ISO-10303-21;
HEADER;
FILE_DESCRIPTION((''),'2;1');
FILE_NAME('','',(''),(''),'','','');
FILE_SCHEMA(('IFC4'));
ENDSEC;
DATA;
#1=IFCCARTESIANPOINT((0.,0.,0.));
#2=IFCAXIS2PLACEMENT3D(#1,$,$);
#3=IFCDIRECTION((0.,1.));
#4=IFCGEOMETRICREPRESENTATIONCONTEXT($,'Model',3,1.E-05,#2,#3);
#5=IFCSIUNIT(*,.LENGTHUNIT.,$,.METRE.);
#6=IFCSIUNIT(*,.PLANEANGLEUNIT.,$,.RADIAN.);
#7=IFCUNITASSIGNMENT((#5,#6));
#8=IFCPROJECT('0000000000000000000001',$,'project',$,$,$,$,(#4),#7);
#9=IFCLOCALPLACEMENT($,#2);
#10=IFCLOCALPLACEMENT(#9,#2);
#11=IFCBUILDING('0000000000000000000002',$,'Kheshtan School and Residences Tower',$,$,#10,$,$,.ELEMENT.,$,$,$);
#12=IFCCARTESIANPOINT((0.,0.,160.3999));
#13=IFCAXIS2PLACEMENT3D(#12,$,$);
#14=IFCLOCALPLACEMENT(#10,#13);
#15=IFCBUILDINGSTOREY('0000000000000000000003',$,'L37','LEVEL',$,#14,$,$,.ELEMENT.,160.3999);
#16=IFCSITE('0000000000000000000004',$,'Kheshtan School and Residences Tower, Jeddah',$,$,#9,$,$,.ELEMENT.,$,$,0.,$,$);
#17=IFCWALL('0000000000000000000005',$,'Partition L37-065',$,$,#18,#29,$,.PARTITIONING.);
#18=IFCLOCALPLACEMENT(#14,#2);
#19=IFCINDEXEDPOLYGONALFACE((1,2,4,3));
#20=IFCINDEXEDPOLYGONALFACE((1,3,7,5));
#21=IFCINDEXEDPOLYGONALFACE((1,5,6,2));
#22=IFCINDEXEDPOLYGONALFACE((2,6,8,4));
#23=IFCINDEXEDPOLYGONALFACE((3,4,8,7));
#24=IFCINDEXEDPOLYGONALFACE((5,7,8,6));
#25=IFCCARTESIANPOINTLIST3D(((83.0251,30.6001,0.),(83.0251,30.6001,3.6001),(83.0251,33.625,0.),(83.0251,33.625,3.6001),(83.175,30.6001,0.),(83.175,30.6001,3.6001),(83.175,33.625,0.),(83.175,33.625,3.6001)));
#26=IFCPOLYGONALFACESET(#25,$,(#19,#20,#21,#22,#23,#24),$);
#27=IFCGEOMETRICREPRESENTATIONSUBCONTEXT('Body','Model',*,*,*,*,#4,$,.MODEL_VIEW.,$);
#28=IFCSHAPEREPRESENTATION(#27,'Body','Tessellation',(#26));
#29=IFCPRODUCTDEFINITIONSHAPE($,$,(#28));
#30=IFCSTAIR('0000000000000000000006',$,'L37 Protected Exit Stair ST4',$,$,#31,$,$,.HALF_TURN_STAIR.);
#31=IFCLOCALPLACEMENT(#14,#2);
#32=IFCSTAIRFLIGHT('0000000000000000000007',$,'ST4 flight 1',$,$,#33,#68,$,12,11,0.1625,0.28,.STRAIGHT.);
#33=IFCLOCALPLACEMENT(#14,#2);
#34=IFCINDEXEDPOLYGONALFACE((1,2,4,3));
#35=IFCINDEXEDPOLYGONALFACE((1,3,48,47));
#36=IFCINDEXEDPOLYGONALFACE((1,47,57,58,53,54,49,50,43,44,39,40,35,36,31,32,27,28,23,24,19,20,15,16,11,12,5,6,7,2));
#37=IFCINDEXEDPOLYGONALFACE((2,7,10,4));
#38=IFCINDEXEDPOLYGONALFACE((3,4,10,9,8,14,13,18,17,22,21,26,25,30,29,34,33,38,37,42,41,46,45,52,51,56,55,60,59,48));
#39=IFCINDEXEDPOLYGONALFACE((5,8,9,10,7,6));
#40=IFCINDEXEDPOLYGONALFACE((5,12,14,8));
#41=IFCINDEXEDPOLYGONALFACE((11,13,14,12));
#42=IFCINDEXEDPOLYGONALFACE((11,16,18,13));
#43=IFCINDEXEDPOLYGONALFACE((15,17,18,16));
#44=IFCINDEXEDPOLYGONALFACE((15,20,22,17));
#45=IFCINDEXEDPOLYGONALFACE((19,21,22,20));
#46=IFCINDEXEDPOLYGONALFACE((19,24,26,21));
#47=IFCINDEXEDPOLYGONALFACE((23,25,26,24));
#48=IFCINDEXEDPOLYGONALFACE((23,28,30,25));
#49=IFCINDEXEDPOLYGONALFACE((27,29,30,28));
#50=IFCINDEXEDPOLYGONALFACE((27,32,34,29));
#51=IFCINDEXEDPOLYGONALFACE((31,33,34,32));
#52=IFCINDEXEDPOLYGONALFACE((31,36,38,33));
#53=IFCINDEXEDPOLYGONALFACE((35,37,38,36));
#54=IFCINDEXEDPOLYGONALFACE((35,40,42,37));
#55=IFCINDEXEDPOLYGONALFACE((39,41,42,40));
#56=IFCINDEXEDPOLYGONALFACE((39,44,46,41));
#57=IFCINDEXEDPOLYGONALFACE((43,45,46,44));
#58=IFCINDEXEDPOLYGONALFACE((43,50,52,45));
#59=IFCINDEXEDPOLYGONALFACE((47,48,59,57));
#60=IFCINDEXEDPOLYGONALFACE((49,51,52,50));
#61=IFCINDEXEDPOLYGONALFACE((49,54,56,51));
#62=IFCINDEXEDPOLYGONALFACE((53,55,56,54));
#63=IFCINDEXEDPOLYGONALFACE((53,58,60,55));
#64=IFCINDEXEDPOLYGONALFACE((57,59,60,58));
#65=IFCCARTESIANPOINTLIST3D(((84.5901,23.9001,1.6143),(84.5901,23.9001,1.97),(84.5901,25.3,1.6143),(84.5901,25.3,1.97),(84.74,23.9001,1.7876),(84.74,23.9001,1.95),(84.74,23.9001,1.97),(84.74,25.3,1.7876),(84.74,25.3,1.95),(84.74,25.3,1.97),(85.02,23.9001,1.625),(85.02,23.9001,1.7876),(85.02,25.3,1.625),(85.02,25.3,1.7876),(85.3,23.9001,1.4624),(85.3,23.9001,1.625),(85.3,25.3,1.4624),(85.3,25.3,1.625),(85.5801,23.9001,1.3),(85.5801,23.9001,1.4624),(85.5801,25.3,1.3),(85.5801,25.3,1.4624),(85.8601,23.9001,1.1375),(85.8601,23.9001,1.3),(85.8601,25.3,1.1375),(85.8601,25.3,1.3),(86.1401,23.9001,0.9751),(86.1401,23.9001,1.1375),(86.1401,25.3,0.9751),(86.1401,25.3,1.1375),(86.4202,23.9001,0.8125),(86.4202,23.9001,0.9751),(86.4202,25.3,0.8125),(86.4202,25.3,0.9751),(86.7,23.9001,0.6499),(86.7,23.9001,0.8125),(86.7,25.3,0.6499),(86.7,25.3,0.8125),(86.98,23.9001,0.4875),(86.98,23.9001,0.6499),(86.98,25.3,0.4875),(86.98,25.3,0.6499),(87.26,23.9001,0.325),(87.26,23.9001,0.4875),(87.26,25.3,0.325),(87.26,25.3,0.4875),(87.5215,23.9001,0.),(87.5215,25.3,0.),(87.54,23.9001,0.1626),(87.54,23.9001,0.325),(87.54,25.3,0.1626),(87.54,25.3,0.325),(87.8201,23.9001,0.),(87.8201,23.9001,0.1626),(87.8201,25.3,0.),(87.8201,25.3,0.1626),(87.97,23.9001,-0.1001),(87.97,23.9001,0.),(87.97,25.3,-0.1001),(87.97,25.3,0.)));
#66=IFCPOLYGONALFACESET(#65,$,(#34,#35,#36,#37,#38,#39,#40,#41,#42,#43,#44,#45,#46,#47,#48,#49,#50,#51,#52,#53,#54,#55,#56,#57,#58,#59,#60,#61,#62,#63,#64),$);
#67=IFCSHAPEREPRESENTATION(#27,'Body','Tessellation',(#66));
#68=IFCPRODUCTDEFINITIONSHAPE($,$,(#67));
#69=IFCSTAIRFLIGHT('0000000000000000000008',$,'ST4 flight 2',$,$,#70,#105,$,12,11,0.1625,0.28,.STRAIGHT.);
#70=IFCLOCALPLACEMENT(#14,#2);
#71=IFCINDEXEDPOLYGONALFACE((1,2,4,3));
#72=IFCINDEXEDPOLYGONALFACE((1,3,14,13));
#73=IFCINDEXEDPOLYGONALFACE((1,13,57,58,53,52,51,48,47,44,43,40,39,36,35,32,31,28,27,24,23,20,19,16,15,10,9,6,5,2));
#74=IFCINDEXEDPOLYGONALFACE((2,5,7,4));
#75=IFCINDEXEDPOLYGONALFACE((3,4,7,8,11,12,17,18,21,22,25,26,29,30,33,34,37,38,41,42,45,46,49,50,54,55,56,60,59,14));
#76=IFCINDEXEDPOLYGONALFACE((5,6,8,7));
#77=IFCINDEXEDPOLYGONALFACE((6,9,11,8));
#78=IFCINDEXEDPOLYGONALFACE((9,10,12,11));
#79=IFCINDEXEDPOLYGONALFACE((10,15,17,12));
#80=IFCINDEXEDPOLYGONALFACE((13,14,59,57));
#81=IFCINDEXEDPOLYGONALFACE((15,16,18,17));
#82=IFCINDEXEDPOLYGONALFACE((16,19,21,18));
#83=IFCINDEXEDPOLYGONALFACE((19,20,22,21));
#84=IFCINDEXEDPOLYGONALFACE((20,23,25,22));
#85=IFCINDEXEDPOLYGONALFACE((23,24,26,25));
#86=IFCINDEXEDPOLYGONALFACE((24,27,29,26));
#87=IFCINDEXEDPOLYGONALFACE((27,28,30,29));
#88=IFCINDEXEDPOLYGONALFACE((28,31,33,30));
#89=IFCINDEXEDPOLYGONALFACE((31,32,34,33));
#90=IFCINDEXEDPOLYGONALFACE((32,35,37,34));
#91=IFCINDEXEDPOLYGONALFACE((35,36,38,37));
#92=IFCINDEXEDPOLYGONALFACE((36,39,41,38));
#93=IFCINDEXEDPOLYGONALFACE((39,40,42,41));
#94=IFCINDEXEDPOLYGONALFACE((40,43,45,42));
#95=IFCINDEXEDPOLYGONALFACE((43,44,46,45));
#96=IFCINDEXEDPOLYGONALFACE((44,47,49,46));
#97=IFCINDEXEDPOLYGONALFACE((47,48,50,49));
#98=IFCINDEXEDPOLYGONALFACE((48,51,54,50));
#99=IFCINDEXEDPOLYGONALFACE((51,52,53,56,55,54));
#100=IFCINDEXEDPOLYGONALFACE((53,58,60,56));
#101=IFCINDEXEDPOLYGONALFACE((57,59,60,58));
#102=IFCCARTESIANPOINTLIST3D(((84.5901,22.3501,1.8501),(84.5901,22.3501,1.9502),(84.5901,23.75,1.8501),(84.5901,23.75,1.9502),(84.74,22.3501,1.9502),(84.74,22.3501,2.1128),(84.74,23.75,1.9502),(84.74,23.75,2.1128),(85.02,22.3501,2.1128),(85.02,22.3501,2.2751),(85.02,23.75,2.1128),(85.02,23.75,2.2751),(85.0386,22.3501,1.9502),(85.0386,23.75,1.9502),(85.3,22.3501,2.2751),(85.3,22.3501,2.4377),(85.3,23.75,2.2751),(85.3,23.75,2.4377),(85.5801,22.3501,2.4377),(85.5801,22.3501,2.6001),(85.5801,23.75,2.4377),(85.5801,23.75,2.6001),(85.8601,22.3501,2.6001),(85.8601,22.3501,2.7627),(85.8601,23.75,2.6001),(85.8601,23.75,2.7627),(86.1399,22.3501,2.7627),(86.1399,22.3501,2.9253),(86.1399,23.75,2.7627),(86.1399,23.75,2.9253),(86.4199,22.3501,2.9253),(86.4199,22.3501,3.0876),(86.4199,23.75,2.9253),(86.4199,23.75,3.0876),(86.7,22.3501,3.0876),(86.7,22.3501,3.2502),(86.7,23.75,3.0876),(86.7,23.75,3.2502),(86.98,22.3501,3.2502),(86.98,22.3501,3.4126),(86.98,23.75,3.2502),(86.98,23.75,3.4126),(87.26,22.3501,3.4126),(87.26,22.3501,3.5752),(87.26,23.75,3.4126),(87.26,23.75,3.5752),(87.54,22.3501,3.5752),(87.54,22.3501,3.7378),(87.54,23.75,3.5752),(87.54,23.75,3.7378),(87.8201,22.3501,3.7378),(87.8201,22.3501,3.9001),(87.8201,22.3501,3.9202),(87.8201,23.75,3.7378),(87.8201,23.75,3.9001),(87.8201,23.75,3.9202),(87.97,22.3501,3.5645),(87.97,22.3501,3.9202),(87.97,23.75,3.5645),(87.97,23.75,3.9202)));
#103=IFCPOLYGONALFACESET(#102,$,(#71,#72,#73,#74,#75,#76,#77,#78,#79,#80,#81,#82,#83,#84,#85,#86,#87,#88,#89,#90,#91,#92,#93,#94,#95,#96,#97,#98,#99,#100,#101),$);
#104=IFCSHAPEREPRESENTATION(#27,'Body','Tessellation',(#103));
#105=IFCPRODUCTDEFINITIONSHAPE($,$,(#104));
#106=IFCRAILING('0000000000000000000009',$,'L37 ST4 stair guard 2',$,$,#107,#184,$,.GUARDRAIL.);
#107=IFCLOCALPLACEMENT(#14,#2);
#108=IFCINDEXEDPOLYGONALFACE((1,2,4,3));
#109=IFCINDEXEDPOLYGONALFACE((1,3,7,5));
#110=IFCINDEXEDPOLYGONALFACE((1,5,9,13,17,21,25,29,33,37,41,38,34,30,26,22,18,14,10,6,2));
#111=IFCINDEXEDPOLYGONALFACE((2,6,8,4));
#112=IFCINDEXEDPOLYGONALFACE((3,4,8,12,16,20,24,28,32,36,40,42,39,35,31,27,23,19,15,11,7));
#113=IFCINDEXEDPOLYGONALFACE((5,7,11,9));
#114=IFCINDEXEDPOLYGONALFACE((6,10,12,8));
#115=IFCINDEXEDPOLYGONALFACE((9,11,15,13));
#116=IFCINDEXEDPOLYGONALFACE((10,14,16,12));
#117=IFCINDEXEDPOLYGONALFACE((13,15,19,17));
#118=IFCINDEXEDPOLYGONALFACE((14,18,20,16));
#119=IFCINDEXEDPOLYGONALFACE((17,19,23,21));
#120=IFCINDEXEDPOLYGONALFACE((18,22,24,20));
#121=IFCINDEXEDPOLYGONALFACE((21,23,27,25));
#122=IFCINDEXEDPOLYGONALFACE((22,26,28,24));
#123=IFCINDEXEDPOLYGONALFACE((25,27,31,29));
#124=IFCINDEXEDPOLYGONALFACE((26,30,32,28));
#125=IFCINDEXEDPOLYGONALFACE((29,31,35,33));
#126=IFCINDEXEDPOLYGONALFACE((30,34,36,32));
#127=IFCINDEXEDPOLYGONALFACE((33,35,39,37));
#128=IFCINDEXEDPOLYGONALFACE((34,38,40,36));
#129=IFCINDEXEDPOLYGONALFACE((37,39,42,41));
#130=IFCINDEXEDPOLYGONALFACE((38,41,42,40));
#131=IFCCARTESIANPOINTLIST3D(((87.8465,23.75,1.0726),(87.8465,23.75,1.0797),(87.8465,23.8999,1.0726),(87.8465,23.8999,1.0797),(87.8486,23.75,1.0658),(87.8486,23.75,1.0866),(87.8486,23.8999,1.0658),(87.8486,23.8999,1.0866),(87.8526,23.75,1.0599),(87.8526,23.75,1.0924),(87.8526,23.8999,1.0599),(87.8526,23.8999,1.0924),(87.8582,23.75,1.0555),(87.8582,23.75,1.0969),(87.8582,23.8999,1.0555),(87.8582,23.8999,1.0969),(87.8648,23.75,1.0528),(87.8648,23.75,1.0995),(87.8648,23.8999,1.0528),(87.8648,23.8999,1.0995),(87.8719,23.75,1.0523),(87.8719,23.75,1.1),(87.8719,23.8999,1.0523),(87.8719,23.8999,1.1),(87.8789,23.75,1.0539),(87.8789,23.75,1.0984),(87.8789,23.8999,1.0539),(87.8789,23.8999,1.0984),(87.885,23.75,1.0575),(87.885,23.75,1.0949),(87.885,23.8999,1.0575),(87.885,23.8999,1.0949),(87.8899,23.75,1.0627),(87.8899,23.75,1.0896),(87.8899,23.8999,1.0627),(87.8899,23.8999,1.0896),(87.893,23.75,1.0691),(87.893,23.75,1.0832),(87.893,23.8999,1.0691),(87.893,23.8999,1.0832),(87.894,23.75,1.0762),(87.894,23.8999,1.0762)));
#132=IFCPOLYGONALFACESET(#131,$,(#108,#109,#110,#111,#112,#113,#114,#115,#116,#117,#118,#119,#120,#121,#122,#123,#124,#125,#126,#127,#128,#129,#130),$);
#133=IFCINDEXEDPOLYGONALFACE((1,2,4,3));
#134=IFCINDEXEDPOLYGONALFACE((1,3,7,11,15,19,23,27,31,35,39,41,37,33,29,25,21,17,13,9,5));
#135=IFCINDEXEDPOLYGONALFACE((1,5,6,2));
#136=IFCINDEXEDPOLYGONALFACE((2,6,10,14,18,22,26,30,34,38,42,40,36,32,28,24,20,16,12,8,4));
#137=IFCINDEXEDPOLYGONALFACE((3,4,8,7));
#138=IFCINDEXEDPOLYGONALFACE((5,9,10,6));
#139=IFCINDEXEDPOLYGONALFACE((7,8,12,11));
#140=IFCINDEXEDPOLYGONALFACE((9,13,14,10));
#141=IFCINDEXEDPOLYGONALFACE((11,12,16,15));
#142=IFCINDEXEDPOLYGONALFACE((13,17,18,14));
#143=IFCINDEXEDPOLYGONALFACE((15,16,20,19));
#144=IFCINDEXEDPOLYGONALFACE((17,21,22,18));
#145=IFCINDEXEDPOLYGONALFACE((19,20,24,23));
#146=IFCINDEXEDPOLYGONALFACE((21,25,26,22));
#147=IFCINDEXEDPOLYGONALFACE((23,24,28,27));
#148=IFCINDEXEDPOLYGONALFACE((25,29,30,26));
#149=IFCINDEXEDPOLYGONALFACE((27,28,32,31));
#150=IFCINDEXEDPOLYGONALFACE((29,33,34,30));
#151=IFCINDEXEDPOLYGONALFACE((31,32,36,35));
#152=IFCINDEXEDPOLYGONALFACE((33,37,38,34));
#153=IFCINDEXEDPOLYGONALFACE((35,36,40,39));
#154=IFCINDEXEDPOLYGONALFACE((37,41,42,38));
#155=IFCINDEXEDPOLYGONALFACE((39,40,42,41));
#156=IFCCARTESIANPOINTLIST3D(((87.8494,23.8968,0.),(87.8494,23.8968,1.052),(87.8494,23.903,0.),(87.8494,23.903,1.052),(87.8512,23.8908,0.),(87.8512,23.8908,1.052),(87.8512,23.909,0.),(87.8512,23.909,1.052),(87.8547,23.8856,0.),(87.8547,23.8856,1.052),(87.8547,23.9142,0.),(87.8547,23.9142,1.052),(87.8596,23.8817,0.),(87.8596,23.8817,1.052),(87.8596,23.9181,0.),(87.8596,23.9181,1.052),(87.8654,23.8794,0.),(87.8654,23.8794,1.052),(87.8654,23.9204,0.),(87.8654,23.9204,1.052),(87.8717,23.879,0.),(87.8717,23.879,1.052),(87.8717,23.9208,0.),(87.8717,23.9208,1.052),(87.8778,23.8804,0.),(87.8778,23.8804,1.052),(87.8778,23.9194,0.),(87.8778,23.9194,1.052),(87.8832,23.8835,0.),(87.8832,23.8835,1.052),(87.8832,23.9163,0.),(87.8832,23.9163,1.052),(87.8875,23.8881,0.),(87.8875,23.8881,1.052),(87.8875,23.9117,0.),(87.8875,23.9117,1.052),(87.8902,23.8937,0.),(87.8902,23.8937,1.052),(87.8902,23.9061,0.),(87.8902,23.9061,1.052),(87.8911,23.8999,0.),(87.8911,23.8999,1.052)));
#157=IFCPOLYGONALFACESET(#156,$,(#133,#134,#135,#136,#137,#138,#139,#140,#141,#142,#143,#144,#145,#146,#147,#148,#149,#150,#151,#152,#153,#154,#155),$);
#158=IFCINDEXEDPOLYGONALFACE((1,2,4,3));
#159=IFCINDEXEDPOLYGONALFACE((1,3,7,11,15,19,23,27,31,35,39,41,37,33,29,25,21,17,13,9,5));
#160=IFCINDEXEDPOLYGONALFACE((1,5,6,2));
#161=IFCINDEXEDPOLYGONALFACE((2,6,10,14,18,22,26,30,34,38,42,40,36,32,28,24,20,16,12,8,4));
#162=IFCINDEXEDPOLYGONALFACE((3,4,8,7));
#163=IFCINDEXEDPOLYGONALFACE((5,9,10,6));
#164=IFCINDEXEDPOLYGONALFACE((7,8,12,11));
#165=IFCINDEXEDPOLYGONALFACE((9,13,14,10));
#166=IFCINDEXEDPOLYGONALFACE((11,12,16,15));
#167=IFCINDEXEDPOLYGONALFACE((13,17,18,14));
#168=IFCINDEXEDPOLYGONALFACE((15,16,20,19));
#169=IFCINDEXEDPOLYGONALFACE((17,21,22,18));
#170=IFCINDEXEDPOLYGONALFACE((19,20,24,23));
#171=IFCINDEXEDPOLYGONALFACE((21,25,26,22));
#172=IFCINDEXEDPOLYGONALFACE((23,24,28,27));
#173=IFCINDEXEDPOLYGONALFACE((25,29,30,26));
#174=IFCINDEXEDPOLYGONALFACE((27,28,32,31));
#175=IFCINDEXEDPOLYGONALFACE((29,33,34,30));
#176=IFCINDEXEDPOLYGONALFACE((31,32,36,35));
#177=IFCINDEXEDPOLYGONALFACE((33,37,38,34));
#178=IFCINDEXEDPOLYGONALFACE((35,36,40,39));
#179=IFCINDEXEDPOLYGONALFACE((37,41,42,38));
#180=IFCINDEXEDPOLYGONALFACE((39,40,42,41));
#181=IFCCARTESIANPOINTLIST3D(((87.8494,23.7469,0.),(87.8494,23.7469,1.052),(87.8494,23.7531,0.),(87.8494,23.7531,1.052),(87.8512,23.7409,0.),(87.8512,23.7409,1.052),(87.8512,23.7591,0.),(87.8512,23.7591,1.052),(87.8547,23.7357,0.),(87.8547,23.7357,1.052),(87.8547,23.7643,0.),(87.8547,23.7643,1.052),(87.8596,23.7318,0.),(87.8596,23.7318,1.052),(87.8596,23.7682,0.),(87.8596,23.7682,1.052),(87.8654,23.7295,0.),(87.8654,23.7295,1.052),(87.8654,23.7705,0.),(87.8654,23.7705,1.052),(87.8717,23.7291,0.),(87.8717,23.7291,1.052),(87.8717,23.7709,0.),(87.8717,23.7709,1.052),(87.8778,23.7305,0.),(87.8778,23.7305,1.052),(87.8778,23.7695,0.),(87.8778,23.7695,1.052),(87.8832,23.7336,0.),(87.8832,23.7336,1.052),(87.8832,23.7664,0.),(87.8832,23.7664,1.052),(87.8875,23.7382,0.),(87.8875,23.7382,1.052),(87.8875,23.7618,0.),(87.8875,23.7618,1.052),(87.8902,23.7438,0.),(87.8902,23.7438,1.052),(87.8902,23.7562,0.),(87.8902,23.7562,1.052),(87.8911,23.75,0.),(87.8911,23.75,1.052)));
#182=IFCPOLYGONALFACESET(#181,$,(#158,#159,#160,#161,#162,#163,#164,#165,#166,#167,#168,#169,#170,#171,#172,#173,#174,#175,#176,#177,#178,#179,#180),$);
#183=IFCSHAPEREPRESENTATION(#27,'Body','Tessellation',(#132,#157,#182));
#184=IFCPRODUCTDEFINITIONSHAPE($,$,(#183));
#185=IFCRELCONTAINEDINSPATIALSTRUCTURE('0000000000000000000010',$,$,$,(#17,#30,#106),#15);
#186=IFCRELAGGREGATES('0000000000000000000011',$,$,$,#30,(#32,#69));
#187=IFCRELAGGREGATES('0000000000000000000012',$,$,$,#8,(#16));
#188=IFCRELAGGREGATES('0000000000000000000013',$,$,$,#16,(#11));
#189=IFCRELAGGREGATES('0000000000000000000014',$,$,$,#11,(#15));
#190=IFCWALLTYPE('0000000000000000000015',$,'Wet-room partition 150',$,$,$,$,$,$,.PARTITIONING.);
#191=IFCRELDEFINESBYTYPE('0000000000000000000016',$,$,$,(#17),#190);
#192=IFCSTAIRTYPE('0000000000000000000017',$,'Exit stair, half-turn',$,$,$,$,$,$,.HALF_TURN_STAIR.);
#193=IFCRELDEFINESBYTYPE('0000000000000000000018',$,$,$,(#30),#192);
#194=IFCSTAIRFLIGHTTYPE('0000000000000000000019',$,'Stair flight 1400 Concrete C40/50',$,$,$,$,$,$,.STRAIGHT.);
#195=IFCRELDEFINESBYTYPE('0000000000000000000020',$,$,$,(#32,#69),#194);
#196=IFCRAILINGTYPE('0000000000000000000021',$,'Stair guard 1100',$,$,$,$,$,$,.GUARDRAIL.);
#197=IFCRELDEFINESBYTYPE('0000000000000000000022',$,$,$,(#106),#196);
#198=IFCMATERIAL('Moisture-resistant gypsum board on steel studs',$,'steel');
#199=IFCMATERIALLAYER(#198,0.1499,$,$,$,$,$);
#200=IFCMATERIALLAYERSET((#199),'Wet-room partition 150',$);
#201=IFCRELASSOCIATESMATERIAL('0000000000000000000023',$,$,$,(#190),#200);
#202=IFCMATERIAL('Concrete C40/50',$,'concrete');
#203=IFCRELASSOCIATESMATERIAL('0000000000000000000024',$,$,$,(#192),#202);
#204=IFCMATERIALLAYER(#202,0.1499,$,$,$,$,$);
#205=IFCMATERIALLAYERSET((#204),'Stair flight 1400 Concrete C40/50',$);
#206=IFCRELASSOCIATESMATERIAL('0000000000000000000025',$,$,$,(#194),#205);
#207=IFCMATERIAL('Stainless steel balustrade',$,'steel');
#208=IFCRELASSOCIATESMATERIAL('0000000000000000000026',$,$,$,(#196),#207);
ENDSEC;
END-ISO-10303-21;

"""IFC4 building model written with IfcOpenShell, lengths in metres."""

from ifc_helpers import new_model, si_unit, direction, frame, frame_2d, origin, origin_2d, place, context, subcontext, project, spatial, polyline, rectangle, circle, outline, extrude, material, layer, layer_set, type_object, element, aggregate, save


model = new_model("IFC4")

# Units and contexts
model_context = context("Model", 3, precision=1e-05, world=origin(), true_north=direction((0.0, 1.0)))
body_context = subcontext(model_context, "Body", "Model", "MODEL_VIEW")
ifc_project = project(units=[si_unit("LENGTHUNIT", "METRE"), si_unit("PLANEANGLEUNIT", "RADIAN")], contexts=[model_context])

# Site, building, storey
site_placement = place(None, origin())
site = spatial("IfcSite", under=ifc_project, at=site_placement, Name="Kheshtan School and Residences Tower, Jeddah", CompositionType="ELEMENT", RefElevation=0.0)
building_placement = place(site_placement, origin())
building = spatial("IfcBuilding", under=site, at=building_placement, Name="Kheshtan School and Residences Tower", CompositionType="ELEMENT")
storey_placement = place(building_placement, frame((0.0, 0.0, 160.3999)))
storey = spatial("IfcBuildingStorey", under=building, at=storey_placement, Name="L37", Description="LEVEL", CompositionType="ELEMENT", Elevation=160.3999)

# Shared definitions
ifc_material_1 = material(Name="Concrete C40/50", Category="concrete")

# Wall
ifc_material_2 = material(Name="Moisture-resistant gypsum board on steel studs", Category="steel")
ifc_layer_1 = layer(ifc_material_2, 0.1499)
ifc_layer_set_1 = layer_set([ifc_layer_1], Name="Wet-room partition 150")
wall_type_1 = type_object("IfcWallType", Name="Wet-room partition 150", PredefinedType="PARTITIONING", material=ifc_layer_set_1)
wall_1_placement = place(storey_placement, frame((83.1001, 30.6001, 0.0), z_axis=(0.0, 0.0, 1.0), x_axis=(0.0, 1.0, 0.0)))
element("IfcWall", 1, at=wall_1_placement, inside=storey, type_object=wall_type_1, Name="Partition L37-065", PredefinedType="PARTITIONING", context=body_context, shape_type="SweptSolid", body=[
    extrude(rectangle(XDim=3.0249, YDim=0.1499, at=frame_2d((1.5125, 0.0))), origin(), (0.0, 0.0, 1.0), 3.6001),
])

# Stair, stair flights
stair_type = type_object("IfcStairType", Name="Exit stair, half-turn", PredefinedType="HALF_TURN_STAIR", material=ifc_material_1)
stair_placement = place(storey_placement, origin())
stair = element("IfcStair", 2, at=stair_placement, inside=storey, type_object=stair_type, Name="L37 Protected Exit Stair ST4", PredefinedType="HALF_TURN_STAIR")
ifc_layer_2 = layer(ifc_material_1, 0.1499)
ifc_layer_set_2 = layer_set([ifc_layer_2], Name="Stair flight 1400 Concrete C40/50")
stair_flight_type = type_object("IfcStairFlightType", Name="Stair flight 1400 Concrete C40/50", PredefinedType="STRAIGHT", material=ifc_layer_set_2)
stair_flight_1_placement = place(storey_placement, frame((87.8201, 24.6001, 0.0), z_axis=(0.0, 0.0, 1.0), x_axis=(-1.0, 0.0, 0.0)))
stair_flight_1 = element("IfcStairFlight", 3, at=stair_flight_1_placement, type_object=stair_flight_type, Name="ST4 flight 1", NumberOfRisers=12, NumberOfTreads=11, PredefinedType="STRAIGHT", RiserHeight=0.1625, TreadLength=0.28, context=body_context, shape_type="SweptSolid", body=[
    extrude(outline(polyline([(-0.1499, -0.1001), (-0.1499, 0.0), (0.0, 0.0), (0.0, 0.1626), (0.28, 0.1626), (0.28, 0.325), (0.5601, 0.325), (0.5601, 0.4875), (0.8401, 0.4875), (0.8401, 0.6499), (1.1201, 0.6499), (1.1201, 0.8125), (1.3999, 0.8125), (1.3999, 0.9751), (1.6799, 0.9751), (1.6799, 1.1375), (1.96, 1.1375), (1.96, 1.3), (2.24, 1.3), (2.24, 1.4624), (2.52, 1.4624), (2.52, 1.625), (2.8, 1.625), (2.8, 1.7876), (3.0801, 1.7876), (3.0801, 1.95), (3.0801, 1.97), (3.23, 1.97), (3.23, 1.6143), (0.2986, 0.0), (-0.1499, -0.1001)])), frame((0.0, 0.7, 0.0), z_axis=(0.0, -1.0, 0.0), x_axis=(1.0, 0.0, 0.0)), (0.0, 0.0, 1.0), 1.3999),
])
stair_flight_2_placement = place(storey_placement, frame((84.74, 23.05, 1.9502), z_axis=(0.0, 0.0, 1.0), x_axis=(1.0, 0.0, 0.0)))
stair_flight_2 = element("IfcStairFlight", 4, at=stair_flight_2_placement, type_object=stair_flight_type, Name="ST4 flight 2", NumberOfRisers=12, NumberOfTreads=11, PredefinedType="STRAIGHT", RiserHeight=0.1625, TreadLength=0.28, context=body_context, shape_type="SweptSolid", body=[
    extrude(outline(polyline([(-0.1499, -0.1001), (-0.1499, 0.0), (0.0, 0.0), (0.0, 0.1626), (0.28, 0.1626), (0.28, 0.325), (0.5601, 0.325), (0.5601, 0.4875), (0.8401, 0.4875), (0.8401, 0.6499), (1.1201, 0.6499), (1.1201, 0.8125), (1.3999, 0.8125), (1.3999, 0.9751), (1.6799, 0.9751), (1.6799, 1.1375), (1.96, 1.1375), (1.96, 1.3), (2.24, 1.3), (2.24, 1.4624), (2.52, 1.4624), (2.52, 1.625), (2.8, 1.625), (2.8, 1.7876), (3.0801, 1.7876), (3.0801, 1.95), (3.0801, 1.97), (3.23, 1.97), (3.23, 1.6143), (0.2986, 0.0), (-0.1499, -0.1001)])), frame((0.0, 0.7, 0.0), z_axis=(0.0, -1.0, 0.0), x_axis=(1.0, 0.0, 0.0)), (0.0, 0.0, 1.0), 1.3999),
])
aggregate(stair, [stair_flight_1, stair_flight_2])

# Railing
ifc_material_3 = material(Name="Stainless steel balustrade", Category="steel")
railing_type_1 = type_object("IfcRailingType", Name="Stair guard 1100", PredefinedType="GUARDRAIL", material=ifc_material_3)
railing_1_placement = place(storey_placement, frame((87.8701, 23.8999, 0.0)))
element("IfcRailing", 5, at=railing_1_placement, inside=storey, type_object=railing_type_1, Name="L37 ST4 stair guard 2", PredefinedType="GUARDRAIL", context=body_context, shape_type="SweptSolid", body=[
    extrude(circle(Radius=0.0239, at=origin_2d()), frame((0.0, 0.0, 1.0762), z_axis=(0.0, -1.0, 0.0), x_axis=(1.0, 0.0, 0.0)), (0.0, 0.0, 1.0), 0.1499),
    extrude(circle(Radius=0.021, at=origin_2d()), origin(), (0.0, 0.0, 1.0), 1.052),
    extrude(circle(Radius=0.021, at=origin_2d()), frame((0.0, -0.1499, 0.0)), (0.0, 0.0, 1.0), 1.052),
])

save(model, "model.ifc")
